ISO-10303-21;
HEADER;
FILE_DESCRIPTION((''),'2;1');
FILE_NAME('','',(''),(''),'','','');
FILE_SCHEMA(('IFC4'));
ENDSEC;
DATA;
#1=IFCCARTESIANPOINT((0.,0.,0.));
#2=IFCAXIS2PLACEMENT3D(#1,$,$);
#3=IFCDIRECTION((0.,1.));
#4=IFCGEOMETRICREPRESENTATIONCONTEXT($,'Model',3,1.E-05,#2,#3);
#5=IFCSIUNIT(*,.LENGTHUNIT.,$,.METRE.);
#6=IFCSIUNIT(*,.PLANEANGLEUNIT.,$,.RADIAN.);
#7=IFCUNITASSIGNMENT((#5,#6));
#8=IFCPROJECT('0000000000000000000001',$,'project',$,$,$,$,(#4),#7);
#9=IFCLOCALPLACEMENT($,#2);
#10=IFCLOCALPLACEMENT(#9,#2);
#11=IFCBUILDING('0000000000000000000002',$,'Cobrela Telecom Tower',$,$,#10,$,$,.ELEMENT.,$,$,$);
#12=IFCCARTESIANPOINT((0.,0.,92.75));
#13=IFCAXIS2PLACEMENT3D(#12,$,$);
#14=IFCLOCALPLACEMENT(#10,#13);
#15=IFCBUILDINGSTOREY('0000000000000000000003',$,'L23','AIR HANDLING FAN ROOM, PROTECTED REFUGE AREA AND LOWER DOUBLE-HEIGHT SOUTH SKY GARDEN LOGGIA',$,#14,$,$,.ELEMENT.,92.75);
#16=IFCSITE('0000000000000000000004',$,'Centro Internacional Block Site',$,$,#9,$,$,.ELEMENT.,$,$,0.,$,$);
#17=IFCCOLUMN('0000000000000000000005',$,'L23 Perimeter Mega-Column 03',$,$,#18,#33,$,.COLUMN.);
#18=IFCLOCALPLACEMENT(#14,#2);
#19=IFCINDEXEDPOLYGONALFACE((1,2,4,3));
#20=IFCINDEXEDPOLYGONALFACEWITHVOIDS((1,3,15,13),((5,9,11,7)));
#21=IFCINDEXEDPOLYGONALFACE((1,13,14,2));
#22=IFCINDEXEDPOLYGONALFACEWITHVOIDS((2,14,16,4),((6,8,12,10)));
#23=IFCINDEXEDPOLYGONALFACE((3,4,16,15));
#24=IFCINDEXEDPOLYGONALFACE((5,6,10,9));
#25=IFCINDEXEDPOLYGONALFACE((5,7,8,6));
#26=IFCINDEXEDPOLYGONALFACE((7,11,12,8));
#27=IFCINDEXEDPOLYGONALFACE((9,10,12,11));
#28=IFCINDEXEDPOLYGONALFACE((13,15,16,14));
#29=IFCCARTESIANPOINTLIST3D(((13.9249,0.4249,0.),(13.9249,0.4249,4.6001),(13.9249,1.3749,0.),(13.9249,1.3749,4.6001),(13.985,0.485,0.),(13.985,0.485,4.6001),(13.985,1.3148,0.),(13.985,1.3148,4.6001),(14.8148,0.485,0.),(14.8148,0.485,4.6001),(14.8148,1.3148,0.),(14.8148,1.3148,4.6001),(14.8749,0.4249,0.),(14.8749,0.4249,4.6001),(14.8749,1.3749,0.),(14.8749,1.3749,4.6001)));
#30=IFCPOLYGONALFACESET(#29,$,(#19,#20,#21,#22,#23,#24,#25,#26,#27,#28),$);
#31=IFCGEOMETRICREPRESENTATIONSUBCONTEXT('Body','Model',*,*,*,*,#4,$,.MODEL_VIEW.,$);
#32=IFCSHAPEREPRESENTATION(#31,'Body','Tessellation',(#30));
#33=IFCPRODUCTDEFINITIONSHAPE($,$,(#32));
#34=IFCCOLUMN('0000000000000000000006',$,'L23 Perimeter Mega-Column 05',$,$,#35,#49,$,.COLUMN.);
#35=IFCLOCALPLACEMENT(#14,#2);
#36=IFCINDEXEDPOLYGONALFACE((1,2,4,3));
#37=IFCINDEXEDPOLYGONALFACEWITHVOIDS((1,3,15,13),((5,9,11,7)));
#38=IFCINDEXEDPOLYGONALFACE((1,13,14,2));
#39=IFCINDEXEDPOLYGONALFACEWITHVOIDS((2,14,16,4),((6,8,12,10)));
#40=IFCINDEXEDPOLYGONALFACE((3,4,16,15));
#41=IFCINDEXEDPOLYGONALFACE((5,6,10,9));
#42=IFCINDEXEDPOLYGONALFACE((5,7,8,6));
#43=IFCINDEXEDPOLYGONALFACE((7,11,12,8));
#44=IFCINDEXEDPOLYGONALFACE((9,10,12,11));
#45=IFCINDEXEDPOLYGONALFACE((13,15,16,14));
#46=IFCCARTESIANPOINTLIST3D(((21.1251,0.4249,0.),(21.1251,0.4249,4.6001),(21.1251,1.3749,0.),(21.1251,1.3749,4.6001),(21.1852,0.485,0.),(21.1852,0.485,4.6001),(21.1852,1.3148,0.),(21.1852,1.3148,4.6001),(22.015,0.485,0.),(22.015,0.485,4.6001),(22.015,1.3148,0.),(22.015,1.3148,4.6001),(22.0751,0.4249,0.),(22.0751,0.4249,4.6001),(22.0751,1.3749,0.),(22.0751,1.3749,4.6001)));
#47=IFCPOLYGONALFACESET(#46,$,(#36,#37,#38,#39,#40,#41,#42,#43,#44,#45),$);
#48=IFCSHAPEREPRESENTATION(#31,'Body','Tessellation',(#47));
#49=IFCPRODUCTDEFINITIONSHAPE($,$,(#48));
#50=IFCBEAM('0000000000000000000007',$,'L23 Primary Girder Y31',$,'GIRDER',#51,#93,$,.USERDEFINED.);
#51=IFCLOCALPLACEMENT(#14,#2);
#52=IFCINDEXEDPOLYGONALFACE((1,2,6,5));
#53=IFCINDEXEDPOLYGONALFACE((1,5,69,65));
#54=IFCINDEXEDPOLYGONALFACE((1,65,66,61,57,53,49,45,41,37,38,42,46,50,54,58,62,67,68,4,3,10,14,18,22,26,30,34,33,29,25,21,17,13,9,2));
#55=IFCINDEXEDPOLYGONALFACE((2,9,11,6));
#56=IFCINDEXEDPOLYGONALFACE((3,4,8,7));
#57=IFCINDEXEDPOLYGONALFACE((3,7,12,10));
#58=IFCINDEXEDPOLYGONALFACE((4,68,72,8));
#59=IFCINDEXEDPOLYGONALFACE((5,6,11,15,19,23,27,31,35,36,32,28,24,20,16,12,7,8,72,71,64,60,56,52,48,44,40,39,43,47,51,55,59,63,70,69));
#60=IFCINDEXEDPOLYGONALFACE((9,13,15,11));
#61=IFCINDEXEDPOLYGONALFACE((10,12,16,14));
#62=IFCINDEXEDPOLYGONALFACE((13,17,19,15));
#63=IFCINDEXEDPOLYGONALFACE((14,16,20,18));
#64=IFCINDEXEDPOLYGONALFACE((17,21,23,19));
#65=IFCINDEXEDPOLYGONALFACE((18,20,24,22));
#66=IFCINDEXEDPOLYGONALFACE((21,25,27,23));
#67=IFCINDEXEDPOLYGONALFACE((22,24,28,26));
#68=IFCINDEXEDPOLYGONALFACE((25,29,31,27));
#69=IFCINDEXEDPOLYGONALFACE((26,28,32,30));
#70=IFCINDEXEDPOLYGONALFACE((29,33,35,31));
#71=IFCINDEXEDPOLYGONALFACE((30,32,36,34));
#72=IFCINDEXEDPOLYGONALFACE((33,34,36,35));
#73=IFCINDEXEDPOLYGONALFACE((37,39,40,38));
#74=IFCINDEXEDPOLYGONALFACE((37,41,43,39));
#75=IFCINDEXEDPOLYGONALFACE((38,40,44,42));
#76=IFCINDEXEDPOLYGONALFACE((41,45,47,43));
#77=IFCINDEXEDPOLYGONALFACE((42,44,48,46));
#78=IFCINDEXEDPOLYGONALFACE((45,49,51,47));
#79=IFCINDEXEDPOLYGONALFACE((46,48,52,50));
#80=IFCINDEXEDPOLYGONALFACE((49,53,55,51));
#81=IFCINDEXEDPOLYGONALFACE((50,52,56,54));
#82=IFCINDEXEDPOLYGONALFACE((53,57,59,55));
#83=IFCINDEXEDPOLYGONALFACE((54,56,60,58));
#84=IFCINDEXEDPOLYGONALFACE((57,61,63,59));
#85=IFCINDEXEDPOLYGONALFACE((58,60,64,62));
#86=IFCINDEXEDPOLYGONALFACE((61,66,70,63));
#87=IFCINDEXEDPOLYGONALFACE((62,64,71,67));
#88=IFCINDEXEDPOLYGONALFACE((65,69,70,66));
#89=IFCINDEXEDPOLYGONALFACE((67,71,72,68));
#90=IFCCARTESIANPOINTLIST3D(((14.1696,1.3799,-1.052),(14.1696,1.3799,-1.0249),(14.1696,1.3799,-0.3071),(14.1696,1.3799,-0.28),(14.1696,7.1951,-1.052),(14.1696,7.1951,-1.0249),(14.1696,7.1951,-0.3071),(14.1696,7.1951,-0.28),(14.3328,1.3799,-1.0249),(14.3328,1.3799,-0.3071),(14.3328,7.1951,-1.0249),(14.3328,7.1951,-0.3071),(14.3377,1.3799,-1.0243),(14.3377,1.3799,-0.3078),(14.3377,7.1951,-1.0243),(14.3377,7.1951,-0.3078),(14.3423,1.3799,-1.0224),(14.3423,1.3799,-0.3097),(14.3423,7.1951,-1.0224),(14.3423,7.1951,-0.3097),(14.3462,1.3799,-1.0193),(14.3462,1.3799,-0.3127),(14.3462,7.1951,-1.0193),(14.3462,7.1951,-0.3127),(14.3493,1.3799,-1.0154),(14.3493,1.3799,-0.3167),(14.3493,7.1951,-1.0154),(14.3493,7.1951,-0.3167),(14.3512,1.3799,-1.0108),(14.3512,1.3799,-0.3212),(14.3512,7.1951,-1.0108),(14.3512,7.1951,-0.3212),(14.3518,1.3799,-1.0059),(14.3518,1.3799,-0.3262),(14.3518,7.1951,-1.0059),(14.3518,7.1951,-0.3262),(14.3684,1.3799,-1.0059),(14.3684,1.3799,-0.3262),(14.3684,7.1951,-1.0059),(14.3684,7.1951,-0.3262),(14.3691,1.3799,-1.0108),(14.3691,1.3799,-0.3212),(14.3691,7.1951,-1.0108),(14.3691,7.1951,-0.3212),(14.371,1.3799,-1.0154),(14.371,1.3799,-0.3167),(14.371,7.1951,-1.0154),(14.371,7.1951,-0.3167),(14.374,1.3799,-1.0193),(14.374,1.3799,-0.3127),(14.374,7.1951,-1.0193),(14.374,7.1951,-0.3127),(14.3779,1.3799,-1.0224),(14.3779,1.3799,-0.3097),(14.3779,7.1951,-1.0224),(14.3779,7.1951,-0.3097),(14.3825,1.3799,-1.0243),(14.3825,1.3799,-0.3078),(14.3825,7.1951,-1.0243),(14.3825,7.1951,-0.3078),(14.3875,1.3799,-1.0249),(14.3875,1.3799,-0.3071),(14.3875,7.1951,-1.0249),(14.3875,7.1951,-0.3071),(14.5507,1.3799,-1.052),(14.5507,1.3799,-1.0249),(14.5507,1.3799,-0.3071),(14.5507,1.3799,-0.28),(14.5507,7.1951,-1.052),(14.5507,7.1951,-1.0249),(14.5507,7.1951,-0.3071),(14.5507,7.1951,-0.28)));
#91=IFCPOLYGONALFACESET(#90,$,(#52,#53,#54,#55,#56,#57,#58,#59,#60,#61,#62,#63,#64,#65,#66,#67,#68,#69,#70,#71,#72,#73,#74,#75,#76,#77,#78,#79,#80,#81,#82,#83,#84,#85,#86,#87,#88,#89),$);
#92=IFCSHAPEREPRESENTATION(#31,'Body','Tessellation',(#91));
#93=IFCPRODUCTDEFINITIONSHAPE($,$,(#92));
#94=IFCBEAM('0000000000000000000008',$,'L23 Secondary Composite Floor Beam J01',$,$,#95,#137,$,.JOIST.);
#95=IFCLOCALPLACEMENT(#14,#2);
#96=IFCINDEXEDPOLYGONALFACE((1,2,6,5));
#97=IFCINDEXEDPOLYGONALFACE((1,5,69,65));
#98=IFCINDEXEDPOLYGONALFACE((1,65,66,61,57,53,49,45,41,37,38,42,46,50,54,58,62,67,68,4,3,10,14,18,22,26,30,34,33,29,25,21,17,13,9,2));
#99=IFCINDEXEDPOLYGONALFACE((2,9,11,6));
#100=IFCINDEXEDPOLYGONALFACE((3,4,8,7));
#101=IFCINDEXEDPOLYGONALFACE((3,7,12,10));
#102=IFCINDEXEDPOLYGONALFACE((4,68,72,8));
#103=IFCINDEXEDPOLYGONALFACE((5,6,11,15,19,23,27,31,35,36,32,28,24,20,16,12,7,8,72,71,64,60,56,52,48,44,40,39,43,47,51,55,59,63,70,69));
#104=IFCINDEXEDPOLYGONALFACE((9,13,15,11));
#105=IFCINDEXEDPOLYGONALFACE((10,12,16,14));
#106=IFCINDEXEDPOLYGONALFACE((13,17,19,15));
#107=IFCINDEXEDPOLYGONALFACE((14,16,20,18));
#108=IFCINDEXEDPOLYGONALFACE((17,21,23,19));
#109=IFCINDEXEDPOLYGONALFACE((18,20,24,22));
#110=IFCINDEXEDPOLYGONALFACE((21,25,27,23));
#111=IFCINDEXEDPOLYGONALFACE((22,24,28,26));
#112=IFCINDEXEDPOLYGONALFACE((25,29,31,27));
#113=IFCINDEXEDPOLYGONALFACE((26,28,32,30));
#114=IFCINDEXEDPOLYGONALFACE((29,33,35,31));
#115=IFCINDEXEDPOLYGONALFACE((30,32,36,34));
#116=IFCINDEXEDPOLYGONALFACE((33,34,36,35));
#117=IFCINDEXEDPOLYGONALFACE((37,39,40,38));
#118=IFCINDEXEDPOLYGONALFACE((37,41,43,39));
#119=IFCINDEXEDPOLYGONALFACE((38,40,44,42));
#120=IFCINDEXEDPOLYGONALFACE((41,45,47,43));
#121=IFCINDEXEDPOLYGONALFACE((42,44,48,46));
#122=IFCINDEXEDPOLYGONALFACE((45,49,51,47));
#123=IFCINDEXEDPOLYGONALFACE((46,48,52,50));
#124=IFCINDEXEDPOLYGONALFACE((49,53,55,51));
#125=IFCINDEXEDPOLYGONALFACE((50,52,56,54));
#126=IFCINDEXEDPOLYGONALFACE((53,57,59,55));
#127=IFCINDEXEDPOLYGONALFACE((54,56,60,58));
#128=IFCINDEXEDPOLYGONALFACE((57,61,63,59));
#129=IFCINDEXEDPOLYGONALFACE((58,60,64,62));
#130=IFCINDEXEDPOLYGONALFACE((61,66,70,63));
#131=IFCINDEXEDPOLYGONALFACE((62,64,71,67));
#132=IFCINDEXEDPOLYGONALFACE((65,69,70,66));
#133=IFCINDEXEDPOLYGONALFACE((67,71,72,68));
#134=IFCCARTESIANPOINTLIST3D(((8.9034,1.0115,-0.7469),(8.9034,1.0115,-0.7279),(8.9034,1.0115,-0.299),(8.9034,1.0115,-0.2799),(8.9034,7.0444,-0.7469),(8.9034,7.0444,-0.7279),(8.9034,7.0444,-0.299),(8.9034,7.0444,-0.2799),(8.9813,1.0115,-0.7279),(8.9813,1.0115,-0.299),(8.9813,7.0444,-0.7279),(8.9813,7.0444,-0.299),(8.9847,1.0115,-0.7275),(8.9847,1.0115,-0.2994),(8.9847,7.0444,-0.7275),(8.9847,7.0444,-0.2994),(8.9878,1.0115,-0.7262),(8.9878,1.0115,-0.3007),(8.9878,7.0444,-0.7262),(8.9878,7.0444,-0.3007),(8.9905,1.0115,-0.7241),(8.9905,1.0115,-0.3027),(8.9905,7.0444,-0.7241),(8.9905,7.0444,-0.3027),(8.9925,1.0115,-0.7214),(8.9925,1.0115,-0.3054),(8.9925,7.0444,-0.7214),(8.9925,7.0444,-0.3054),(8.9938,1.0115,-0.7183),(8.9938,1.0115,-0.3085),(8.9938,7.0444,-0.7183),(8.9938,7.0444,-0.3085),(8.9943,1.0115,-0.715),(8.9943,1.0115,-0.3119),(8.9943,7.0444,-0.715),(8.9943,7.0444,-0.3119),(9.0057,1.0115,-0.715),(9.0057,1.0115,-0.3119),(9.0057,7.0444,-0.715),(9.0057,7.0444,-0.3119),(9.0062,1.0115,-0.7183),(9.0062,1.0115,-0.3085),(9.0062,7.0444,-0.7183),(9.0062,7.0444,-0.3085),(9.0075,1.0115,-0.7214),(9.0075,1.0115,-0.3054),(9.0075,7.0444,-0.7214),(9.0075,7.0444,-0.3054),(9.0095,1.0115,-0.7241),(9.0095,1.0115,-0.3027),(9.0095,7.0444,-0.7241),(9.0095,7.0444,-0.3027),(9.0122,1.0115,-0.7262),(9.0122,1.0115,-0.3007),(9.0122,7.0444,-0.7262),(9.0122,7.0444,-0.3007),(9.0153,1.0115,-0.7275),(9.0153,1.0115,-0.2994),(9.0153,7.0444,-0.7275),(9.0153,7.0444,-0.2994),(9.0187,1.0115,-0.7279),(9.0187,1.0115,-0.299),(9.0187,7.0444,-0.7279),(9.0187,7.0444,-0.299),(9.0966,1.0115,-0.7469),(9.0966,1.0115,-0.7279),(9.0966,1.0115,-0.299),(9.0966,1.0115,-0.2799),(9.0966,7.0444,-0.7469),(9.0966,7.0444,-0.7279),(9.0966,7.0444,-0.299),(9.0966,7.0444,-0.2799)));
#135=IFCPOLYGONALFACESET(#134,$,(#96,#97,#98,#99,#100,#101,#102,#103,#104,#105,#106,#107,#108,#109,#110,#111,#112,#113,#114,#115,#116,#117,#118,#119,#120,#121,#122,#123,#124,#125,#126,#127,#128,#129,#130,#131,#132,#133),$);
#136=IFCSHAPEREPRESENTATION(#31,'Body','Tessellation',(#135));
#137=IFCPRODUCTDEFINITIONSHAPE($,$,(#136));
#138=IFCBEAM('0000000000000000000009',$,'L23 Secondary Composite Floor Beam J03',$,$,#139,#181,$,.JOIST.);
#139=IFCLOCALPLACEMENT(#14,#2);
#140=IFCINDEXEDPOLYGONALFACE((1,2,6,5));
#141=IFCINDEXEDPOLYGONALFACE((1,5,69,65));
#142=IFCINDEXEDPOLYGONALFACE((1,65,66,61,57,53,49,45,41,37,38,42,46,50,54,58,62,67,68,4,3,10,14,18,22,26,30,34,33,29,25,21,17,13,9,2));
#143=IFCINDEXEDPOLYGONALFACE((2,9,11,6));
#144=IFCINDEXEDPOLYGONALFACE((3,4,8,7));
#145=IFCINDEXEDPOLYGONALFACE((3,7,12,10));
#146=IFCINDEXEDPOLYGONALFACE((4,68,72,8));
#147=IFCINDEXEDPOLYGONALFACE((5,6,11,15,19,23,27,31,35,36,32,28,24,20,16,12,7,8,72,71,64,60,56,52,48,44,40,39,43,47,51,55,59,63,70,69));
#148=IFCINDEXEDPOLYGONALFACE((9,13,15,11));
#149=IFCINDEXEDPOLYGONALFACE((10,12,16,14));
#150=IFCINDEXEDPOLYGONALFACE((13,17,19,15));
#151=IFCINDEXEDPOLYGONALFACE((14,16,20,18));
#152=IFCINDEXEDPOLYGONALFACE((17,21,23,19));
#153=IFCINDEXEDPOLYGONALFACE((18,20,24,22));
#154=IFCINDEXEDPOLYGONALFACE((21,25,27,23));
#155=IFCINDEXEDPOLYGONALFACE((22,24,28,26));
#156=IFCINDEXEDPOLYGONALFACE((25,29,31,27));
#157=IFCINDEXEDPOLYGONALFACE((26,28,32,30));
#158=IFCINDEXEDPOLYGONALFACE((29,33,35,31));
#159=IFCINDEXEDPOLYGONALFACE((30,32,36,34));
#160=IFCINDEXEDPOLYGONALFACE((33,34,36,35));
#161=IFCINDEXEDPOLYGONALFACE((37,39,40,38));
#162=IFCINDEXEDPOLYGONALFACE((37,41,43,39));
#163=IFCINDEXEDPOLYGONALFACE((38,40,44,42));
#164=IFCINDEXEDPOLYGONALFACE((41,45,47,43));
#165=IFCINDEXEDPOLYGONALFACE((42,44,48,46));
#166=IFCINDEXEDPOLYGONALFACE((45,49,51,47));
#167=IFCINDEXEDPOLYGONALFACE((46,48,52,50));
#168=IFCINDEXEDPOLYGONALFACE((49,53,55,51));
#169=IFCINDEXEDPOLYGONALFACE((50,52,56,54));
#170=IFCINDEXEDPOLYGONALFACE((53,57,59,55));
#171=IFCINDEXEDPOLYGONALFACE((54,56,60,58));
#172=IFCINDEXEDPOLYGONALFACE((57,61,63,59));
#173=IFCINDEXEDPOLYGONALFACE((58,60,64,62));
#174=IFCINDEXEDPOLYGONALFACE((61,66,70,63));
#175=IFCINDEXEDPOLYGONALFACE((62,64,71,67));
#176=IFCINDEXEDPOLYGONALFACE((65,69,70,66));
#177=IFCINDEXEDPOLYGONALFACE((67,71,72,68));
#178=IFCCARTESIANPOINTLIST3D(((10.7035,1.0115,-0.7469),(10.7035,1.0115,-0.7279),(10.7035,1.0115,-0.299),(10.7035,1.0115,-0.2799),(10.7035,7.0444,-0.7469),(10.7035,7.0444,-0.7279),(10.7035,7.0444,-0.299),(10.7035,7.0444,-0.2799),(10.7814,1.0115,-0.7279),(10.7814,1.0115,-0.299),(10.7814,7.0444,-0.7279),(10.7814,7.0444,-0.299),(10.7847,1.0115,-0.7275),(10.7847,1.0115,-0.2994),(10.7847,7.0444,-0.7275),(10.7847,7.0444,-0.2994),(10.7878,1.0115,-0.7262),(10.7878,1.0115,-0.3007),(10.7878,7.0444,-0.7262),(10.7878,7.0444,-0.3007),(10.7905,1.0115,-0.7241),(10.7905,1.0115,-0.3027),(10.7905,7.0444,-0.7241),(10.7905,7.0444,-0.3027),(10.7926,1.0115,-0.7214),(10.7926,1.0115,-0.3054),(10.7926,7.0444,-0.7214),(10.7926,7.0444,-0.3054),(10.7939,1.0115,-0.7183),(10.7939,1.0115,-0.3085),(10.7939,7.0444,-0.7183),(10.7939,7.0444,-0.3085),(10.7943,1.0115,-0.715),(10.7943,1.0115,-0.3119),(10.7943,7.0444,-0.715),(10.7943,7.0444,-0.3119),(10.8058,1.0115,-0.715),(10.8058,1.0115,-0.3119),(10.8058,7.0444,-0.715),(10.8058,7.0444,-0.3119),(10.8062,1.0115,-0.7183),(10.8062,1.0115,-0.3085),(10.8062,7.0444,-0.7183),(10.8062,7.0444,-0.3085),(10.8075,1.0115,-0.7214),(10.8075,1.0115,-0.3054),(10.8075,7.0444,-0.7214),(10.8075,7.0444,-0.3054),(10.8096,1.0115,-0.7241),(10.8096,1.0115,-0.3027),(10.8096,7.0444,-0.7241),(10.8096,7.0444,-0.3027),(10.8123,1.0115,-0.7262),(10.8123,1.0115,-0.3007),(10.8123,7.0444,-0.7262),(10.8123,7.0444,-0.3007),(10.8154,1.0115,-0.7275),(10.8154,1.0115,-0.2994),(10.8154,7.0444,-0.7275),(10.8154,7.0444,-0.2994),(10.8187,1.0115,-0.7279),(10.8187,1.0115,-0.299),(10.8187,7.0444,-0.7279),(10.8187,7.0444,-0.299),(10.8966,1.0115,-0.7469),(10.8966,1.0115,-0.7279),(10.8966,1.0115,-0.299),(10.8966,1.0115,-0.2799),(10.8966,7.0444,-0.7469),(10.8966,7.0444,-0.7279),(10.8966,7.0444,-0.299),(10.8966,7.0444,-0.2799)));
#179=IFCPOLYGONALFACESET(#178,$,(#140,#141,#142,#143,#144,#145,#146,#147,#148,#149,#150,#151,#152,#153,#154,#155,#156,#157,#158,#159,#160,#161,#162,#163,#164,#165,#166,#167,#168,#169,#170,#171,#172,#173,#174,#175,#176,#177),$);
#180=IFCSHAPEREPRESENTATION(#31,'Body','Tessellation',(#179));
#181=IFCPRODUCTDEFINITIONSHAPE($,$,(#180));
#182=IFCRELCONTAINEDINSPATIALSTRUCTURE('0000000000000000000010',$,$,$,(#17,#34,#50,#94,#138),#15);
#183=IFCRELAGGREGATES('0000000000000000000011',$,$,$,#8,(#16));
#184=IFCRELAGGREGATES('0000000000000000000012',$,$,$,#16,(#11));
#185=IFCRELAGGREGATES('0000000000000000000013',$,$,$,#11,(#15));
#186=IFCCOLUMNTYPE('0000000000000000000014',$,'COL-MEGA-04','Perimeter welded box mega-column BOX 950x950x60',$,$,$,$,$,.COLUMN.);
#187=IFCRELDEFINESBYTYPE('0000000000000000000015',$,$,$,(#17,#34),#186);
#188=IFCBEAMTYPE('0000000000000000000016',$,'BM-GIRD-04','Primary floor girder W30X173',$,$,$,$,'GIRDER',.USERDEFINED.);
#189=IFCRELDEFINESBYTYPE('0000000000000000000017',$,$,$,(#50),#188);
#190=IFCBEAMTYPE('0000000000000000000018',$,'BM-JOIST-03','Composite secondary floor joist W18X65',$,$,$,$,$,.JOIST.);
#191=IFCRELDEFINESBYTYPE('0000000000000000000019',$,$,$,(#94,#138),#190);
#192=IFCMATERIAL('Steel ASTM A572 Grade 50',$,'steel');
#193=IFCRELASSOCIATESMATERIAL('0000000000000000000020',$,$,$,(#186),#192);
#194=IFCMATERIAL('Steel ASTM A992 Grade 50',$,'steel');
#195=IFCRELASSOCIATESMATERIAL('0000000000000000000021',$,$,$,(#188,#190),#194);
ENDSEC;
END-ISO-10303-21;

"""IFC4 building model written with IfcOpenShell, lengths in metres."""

from ifc_helpers import new_model, si_unit, direction, frame, origin, origin_2d, place, context, subcontext, project, spatial, hollow_rectangle, i_section, extrude, material, material_profile, profile_set, type_object, element, save


model = new_model("IFC4")

# Units and contexts
model_context = context("Model", 3, precision=1e-05, world=origin(), true_north=direction((0.0, 1.0)))
body_context = subcontext(model_context, "Body", "Model", "MODEL_VIEW")
ifc_project = project(units=[si_unit("LENGTHUNIT", "METRE"), si_unit("PLANEANGLEUNIT", "RADIAN")], contexts=[model_context])

# Site, building, storey
site_placement = place(None, origin())
site = spatial("IfcSite", under=ifc_project, at=site_placement, Name="Centro Internacional Block Site", CompositionType="ELEMENT", RefElevation=0.0)
building_placement = place(site_placement, origin())
building = spatial("IfcBuilding", under=site, at=building_placement, Name="Cobrela Telecom Tower", CompositionType="ELEMENT")
storey_placement = place(building_placement, frame((0.0, 0.0, 92.75)))
storey = spatial("IfcBuildingStorey", under=building, at=storey_placement, Name="L23", Description="AIR HANDLING FAN ROOM, PROTECTED REFUGE AREA AND LOWER DOUBLE-HEIGHT SOUTH SKY GARDEN LOGGIA", CompositionType="ELEMENT", Elevation=92.75)

# Columns
ifc_material_1 = material(Name="Steel ASTM A572 Grade 50", Category="steel")
ifc_material_profile_1 = material_profile(ifc_material_1, hollow_rectangle(XDim=0.95, YDim=0.95, WallThickness=0.0601, at=origin_2d()), Name="BOX 950x950x60")
ifc_profile_set_1 = profile_set([ifc_material_profile_1], Name="Steel ASTM A572 Grade 50")
column_type = type_object("IfcColumnType", Name="COL-MEGA-04", Description="Perimeter welded box mega-column BOX 950x950x60", PredefinedType="COLUMN", material=ifc_profile_set_1)
for number, where, z_axis, x_axis, name in (
    (1, (14.3999, 0.8999, 0.0), (0.0, 0.0, 1.0), (1.0, 0.0, 0.0), "L23 Perimeter Mega-Column 03"),
    (2, (21.6001, 0.8999, 0.0), (0.0, 0.0, 1.0), (1.0, 0.0, 0.0), "L23 Perimeter Mega-Column 05"),
):
    element("IfcColumn", number, at=place(storey_placement, frame(where, z_axis=z_axis, x_axis=x_axis)), inside=storey, type_object=column_type, Name=name, PredefinedType="COLUMN", context=body_context, shape_type="SweptSolid", body=[
        extrude(hollow_rectangle(XDim=0.95, YDim=0.95, WallThickness=0.0601, at=origin_2d()), origin(), (0.0, 0.0, 1.0), 4.6001),
    ])

# Beams
ifc_material_2 = material(Name="Steel ASTM A992 Grade 50", Category="steel")
ifc_material_profile_2 = material_profile(ifc_material_2, i_section(OverallWidth=0.3811, OverallDepth=0.772, WebThickness=0.0166, FlangeThickness=0.0271, FilletRadius=0.019, at=origin_2d()), Name="W30X173")
ifc_profile_set_2 = profile_set([ifc_material_profile_2], Name="Steel ASTM A992 Grade 50")
beam_type_1 = type_object("IfcBeamType", Name="BM-GIRD-04", Description="Primary floor girder W30X173", ElementType="GIRDER", PredefinedType="USERDEFINED", material=ifc_profile_set_2)
beam_1_placement = place(storey_placement, frame((14.3601, 1.3799, -0.666), z_axis=(0.0, 1.0, 0.0), x_axis=(-1.0, 0.0, 0.0)))
element("IfcBeam", 3, at=beam_1_placement, inside=storey, type_object=beam_type_1, Name="L23 Primary Girder Y31", ObjectType="GIRDER", PredefinedType="USERDEFINED", context=body_context, shape_type="SweptSolid", body=[
    extrude(i_section(OverallWidth=0.3811, OverallDepth=0.772, WebThickness=0.0166, FlangeThickness=0.0271, FilletRadius=0.019, at=origin_2d()), origin(), (0.0, 0.0, 1.0), 5.8152),
])
ifc_material_profile_3 = material_profile(ifc_material_2, i_section(OverallWidth=0.1931, OverallDepth=0.467, WebThickness=0.0115, FlangeThickness=0.019, FilletRadius=0.0129, at=origin_2d()), Name="W18X65")
ifc_profile_set_3 = profile_set([ifc_material_profile_3], Name="Steel ASTM A992 Grade 50")
beam_type_2 = type_object("IfcBeamType", Name="BM-JOIST-03", Description="Composite secondary floor joist W18X65", PredefinedType="JOIST", material=ifc_profile_set_3)
for number, where, z_axis, x_axis, name in (
    (4, (9.0, 1.0115, -0.5134), (0.0, 1.0, 0.0), (-1.0, 0.0, 0.0), "L23 Secondary Composite Floor Beam J01"),
    (5, (10.8, 1.0115, -0.5134), (0.0, 1.0, 0.0), (-1.0, 0.0, 0.0), "L23 Secondary Composite Floor Beam J03"),
):
    element("IfcBeam", number, at=place(storey_placement, frame(where, z_axis=z_axis, x_axis=x_axis)), inside=storey, type_object=beam_type_2, Name=name, PredefinedType="JOIST", context=body_context, shape_type="SweptSolid", body=[
        extrude(i_section(OverallWidth=0.1931, OverallDepth=0.467, WebThickness=0.0115, FlangeThickness=0.019, FilletRadius=0.0129, at=origin_2d()), origin(), (0.0, 0.0, 1.0), 6.033),
    ])

save(model, "model.ifc")
